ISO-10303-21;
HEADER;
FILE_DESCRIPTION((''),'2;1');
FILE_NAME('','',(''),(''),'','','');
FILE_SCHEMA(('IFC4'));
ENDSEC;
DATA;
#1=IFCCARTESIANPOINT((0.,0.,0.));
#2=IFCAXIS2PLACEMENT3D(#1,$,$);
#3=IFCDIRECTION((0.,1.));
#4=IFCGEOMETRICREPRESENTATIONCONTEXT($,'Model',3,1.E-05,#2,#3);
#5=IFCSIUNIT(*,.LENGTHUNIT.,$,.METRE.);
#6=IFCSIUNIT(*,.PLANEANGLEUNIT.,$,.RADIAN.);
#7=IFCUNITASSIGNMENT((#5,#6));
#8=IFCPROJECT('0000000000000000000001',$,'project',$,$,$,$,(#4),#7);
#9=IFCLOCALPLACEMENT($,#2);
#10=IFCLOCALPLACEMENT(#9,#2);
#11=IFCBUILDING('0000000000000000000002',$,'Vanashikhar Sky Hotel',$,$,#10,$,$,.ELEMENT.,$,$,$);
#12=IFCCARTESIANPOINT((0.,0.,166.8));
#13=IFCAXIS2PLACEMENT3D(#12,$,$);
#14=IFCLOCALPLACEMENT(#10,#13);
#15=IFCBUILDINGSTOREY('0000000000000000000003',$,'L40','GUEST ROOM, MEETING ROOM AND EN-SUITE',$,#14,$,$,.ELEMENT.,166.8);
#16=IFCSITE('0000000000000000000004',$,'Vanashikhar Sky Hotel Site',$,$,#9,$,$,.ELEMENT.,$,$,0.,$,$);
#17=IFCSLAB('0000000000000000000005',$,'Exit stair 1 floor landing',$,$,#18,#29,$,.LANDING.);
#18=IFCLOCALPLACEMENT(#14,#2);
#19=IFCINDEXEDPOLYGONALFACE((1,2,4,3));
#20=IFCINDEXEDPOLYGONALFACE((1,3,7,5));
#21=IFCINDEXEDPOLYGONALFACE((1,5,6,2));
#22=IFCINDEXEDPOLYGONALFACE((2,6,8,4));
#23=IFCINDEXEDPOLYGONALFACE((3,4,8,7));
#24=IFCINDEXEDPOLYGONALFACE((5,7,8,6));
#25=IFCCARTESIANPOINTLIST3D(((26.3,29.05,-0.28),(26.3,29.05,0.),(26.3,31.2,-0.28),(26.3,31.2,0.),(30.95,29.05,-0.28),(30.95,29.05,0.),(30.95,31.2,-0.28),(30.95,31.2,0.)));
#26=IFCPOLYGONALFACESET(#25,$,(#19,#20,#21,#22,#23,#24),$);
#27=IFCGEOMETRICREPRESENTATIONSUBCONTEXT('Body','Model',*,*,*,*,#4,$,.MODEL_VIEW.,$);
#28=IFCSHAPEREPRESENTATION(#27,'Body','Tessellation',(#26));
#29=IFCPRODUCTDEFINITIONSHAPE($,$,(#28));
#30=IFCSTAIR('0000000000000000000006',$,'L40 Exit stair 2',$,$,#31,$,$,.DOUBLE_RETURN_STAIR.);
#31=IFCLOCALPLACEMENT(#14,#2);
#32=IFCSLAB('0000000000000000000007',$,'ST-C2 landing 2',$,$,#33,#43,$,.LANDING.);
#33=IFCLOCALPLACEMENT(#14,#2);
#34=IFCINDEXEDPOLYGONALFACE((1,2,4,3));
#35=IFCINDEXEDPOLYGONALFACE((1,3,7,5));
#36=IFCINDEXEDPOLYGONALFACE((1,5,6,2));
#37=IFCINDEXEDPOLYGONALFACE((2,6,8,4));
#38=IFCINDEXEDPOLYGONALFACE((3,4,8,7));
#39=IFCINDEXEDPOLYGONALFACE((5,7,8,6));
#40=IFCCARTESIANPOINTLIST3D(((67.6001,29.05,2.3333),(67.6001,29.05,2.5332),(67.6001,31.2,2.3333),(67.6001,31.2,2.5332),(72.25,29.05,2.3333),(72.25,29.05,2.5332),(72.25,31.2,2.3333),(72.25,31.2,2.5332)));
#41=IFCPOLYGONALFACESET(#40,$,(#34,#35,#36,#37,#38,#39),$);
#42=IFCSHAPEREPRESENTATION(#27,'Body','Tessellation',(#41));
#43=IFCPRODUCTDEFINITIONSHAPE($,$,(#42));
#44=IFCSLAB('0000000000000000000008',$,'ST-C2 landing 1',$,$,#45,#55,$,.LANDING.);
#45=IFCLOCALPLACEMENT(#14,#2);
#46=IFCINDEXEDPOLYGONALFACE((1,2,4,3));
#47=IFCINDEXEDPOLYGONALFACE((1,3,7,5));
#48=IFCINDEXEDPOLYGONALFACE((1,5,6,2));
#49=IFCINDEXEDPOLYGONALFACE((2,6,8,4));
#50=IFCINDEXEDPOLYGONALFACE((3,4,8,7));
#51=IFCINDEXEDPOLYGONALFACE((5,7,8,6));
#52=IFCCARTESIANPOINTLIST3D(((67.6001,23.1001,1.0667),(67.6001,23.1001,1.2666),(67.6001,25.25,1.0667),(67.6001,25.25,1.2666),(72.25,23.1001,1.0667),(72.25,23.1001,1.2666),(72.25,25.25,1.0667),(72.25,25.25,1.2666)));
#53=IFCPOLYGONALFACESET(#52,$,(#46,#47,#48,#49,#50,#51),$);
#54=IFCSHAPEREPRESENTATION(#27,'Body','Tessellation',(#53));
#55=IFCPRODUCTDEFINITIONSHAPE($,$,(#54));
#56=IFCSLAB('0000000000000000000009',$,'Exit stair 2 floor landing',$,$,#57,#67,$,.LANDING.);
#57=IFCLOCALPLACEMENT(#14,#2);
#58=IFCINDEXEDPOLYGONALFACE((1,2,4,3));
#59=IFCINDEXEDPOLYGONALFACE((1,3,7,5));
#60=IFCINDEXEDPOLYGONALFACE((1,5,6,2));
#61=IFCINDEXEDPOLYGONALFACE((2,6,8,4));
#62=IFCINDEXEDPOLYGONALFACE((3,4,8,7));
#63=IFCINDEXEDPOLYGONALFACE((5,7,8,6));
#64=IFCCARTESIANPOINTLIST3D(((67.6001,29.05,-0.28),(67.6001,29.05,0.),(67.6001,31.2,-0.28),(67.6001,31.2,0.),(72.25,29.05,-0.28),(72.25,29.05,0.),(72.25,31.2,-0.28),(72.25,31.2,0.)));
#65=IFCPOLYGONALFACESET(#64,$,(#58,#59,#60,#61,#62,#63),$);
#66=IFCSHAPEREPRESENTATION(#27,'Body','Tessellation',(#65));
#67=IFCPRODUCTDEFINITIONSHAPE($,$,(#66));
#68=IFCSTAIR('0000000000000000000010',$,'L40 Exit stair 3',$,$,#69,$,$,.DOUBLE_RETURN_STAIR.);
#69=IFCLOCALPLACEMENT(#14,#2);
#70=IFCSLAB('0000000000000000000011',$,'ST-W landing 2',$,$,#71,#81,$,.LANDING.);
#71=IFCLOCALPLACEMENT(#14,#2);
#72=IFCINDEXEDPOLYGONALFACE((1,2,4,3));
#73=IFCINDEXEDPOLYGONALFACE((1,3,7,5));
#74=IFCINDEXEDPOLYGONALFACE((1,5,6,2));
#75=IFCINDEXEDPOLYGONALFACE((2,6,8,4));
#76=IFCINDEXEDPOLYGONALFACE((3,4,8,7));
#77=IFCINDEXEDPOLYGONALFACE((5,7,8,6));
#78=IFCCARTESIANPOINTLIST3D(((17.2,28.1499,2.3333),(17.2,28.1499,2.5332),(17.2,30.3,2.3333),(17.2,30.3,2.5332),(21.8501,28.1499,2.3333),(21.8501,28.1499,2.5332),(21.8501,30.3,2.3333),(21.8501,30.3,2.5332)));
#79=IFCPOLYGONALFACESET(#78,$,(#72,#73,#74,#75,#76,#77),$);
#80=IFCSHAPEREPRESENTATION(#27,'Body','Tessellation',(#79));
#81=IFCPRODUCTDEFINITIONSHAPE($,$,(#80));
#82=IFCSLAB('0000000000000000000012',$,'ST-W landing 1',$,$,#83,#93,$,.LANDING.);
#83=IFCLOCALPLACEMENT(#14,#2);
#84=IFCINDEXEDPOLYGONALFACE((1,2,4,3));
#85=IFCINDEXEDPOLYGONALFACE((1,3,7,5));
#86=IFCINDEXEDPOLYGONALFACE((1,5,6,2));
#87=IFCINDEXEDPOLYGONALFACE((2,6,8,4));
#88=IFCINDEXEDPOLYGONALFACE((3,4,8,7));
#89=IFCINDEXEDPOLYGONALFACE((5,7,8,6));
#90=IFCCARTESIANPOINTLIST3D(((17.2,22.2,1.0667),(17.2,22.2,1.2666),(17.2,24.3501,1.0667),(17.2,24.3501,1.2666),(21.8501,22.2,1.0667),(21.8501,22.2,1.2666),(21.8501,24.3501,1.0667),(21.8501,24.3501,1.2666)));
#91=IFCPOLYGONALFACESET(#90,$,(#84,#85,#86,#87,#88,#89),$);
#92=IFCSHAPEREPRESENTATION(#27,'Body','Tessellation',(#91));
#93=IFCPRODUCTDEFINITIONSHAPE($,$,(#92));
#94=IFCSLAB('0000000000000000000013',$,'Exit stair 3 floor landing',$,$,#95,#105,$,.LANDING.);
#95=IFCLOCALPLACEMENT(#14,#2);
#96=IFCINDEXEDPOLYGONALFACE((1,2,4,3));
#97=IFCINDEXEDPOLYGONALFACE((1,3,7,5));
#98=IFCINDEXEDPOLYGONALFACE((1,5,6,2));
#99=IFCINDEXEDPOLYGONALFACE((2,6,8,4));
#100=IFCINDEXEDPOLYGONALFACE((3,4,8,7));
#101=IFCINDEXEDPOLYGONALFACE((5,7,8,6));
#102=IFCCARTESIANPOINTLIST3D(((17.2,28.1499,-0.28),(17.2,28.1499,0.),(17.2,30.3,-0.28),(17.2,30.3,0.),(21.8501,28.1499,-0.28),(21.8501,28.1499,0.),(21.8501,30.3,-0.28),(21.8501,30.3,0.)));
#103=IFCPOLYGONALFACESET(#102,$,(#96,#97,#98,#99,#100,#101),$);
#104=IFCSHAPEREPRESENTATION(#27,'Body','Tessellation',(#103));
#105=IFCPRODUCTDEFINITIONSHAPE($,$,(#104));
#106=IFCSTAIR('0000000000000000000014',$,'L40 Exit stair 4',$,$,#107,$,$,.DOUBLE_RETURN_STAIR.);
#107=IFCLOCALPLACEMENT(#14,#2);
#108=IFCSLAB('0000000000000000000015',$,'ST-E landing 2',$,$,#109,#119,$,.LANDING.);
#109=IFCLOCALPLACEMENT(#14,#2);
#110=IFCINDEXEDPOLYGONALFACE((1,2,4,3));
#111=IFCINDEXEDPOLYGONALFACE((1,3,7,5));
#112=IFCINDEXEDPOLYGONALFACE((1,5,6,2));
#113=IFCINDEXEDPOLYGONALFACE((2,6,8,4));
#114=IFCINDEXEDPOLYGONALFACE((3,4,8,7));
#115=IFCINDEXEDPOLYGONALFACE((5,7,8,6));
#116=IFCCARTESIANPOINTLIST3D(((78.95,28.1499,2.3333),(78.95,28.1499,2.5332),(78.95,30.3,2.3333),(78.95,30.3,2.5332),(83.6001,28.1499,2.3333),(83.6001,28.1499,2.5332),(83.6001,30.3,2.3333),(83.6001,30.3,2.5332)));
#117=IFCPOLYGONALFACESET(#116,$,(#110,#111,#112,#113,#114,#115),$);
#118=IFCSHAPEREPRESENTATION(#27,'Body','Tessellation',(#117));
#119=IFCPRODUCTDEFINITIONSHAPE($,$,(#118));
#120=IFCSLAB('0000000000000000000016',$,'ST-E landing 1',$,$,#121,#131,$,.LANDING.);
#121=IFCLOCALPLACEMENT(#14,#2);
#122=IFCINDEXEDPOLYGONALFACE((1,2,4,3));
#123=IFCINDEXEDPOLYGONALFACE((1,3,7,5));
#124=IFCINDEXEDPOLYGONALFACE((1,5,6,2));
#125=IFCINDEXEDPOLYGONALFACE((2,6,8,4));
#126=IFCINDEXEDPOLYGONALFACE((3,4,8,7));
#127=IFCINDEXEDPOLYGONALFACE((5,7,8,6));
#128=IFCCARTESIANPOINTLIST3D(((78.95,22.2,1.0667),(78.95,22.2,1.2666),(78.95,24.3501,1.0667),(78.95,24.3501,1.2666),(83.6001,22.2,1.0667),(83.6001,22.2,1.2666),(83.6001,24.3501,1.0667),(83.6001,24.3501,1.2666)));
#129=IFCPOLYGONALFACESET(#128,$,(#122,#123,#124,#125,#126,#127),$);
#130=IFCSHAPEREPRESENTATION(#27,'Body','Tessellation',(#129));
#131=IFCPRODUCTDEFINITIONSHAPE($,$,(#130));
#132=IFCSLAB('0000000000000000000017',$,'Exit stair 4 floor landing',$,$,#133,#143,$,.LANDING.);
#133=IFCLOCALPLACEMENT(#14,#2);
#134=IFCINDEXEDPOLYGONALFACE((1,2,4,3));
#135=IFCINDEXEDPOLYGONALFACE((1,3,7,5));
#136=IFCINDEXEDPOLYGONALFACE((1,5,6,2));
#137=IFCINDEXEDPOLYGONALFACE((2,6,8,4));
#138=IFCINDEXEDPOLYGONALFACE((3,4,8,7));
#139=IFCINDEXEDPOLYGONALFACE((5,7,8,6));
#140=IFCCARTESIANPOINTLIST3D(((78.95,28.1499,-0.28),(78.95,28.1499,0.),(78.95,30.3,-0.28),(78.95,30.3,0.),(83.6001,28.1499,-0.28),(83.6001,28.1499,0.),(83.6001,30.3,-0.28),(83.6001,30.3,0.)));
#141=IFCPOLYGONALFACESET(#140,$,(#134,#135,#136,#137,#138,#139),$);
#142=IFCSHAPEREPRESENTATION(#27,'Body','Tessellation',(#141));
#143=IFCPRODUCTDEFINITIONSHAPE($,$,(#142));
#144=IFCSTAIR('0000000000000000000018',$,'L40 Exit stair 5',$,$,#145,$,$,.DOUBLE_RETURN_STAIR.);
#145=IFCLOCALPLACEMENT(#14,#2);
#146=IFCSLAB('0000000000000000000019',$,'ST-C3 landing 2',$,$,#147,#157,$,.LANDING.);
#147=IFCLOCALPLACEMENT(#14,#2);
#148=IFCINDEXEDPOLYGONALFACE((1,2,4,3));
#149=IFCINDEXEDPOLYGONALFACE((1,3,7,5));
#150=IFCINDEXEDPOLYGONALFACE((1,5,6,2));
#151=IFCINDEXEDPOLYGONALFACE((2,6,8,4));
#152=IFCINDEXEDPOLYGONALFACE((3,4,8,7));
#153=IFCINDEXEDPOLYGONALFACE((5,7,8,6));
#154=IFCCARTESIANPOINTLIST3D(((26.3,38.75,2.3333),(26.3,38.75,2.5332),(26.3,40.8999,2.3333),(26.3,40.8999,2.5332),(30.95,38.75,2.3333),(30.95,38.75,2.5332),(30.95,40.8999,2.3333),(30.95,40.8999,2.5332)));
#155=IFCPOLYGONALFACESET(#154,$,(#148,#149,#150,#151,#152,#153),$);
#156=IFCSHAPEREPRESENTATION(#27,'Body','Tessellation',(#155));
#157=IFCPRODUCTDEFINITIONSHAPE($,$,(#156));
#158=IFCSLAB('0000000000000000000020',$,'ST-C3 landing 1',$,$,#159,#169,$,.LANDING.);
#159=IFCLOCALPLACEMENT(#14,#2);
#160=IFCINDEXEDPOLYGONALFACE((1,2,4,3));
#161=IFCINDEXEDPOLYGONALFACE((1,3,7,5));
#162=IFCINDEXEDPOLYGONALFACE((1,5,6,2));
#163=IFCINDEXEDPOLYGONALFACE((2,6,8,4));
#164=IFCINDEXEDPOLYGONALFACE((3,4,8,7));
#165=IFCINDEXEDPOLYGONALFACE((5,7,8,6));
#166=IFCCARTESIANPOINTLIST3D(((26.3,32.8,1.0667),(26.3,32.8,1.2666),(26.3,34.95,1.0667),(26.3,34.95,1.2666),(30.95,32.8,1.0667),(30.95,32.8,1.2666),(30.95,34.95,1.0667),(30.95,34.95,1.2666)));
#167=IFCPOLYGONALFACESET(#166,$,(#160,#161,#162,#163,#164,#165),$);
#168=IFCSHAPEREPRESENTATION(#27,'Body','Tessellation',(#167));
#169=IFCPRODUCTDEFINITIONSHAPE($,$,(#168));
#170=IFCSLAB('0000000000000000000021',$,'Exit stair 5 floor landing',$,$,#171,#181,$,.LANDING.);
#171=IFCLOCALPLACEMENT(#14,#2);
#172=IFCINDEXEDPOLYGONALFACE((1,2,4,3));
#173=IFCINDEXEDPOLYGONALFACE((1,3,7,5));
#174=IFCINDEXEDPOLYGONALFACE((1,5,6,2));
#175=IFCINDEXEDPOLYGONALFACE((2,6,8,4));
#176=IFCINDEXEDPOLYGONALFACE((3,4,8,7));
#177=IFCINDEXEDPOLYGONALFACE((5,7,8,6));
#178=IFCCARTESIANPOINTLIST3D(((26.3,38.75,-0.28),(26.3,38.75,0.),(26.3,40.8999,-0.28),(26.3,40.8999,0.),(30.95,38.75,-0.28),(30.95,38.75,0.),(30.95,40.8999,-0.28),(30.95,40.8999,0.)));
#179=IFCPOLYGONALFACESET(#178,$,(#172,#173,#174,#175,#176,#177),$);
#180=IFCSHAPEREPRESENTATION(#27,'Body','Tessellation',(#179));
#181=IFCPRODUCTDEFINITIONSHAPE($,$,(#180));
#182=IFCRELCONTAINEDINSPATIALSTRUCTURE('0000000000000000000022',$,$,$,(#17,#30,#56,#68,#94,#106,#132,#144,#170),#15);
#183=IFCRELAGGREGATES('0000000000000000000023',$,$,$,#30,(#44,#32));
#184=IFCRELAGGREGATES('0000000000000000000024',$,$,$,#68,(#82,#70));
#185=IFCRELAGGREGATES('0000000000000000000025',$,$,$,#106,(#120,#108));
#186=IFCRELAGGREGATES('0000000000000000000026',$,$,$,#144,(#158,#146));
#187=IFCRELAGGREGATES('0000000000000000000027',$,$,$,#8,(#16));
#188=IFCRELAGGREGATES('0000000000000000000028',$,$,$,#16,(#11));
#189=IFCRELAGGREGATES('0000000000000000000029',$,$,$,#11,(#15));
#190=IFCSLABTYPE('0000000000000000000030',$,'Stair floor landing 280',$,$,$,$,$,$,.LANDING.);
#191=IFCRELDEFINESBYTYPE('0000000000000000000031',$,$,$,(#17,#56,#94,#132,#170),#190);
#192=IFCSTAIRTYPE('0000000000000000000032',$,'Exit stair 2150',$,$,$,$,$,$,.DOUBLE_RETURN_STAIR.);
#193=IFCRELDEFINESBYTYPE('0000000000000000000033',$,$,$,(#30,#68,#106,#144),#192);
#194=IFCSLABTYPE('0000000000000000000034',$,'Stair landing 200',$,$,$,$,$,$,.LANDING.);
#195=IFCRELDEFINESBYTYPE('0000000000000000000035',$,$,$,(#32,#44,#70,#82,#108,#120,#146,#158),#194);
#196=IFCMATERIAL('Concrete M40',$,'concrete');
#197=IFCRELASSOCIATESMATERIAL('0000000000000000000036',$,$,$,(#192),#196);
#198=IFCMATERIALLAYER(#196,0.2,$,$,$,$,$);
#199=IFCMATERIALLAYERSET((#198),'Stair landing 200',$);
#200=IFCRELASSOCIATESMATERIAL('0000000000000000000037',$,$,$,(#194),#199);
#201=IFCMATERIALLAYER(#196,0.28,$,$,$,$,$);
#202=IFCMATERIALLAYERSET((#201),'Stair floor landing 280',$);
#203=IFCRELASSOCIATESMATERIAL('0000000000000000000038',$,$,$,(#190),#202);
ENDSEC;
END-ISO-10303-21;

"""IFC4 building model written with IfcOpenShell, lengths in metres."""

from ifc_helpers import new_model, si_unit, direction, frame, origin, place, context, subcontext, project, spatial, polyline, outline, extrude, source, transform, mapped, material, layer, layer_set, type_object, element, aggregate, save


model = new_model("IFC4")

# Units and contexts
model_context = context("Model", 3, precision=1e-05, world=origin(), true_north=direction((0.0, 1.0)))
body_context = subcontext(model_context, "Body", "Model", "MODEL_VIEW")
ifc_project = project(units=[si_unit("LENGTHUNIT", "METRE"), si_unit("PLANEANGLEUNIT", "RADIAN")], contexts=[model_context])

# Site, building, storey
site_placement = place(None, origin())
site = spatial("IfcSite", under=ifc_project, at=site_placement, Name="Vanashikhar Sky Hotel Site", CompositionType="ELEMENT", RefElevation=0.0)
building_placement = place(site_placement, origin())
building = spatial("IfcBuilding", under=site, at=building_placement, Name="Vanashikhar Sky Hotel", CompositionType="ELEMENT")
storey_placement = place(building_placement, frame((0.0, 0.0, 166.8)))
storey = spatial("IfcBuildingStorey", under=building, at=storey_placement, Name="L40", Description="GUEST ROOM, MEETING ROOM AND EN-SUITE", CompositionType="ELEMENT", Elevation=166.8)

# Shared definitions
ifc_material = material(Name="Concrete M40", Category="concrete")

# Shared definitions
stair_type = type_object("IfcStairType", Name="Exit stair 2150", PredefinedType="DOUBLE_RETURN_STAIR", material=ifc_material)
ifc_layer_1 = layer(ifc_material, 0.2)
ifc_layer_set_1 = layer_set([ifc_layer_1], Name="Stair landing 200")
slab_type_1 = type_object("IfcSlabType", Name="Stair landing 200", PredefinedType="LANDING", material=ifc_layer_set_1)

# Slab
ifc_layer_2 = layer(ifc_material, 0.28)
ifc_layer_set_2 = layer_set([ifc_layer_2], Name="Stair floor landing 280")
slab_type_2 = type_object("IfcSlabType", Name="Stair floor landing 280", PredefinedType="LANDING", material=ifc_layer_set_2)
shared_shape_1 = source(origin(), body_context, "Body", "SweptSolid", [
    extrude(outline(polyline([(30.95, 29.05), (30.95, 31.2), (26.3, 31.2), (26.3, 29.05), (30.95, 29.05)])), origin(), (0.0, 0.0, 1.0), 0.28),
])
slab_1_placement = place(storey_placement, frame((0.0, 0.0, -0.28)))
element("IfcSlab", 1, at=slab_1_placement, inside=storey, type_object=slab_type_2, Name="Exit stair 1 floor landing", PredefinedType="LANDING", context=body_context, shape_type="MappedRepresentation", body=[
    mapped(shared_shape_1, transform((0.0, 0.0, 0.0), scale=1.0)),
])

# Stair, slabs
stair_1_placement = place(storey_placement, origin())
stair_1 = element("IfcStair", 2, at=stair_1_placement, inside=storey, type_object=stair_type, Name="L40 Exit stair 2", PredefinedType="DOUBLE_RETURN_STAIR")
shared_shape_2 = source(origin(), body_context, "Body", "SweptSolid", [
    extrude(outline(polyline([(72.25, 29.05), (72.25, 31.2), (67.6001, 31.2), (67.6001, 29.05), (72.25, 29.05)])), origin(), (0.0, 0.0, 1.0), 0.2),
])
slab_2_placement = place(storey_placement, frame((0.0, 0.0, 2.3333)))
slab_2 = element("IfcSlab", 3, at=slab_2_placement, type_object=slab_type_1, Name="ST-C2 landing 2", PredefinedType="LANDING", context=body_context, shape_type="MappedRepresentation", body=[
    mapped(shared_shape_2, transform((0.0, 0.0, 0.0), scale=1.0)),
])
shared_shape_3 = source(origin(), body_context, "Body", "SweptSolid", [
    extrude(outline(polyline([(72.25, 23.1001), (72.25, 25.25), (67.6001, 25.25), (67.6001, 23.1001), (72.25, 23.1001)])), origin(), (0.0, 0.0, 1.0), 0.2),
])
slab_3_placement = place(storey_placement, frame((0.0, 0.0, 1.0667)))
slab_3 = element("IfcSlab", 4, at=slab_3_placement, type_object=slab_type_1, Name="ST-C2 landing 1", PredefinedType="LANDING", context=body_context, shape_type="MappedRepresentation", body=[
    mapped(shared_shape_3, transform((0.0, 0.0, 0.0), scale=1.0)),
])
aggregate(stair_1, [slab_3, slab_2])

# Slab
shared_shape_4 = source(origin(), body_context, "Body", "SweptSolid", [
    extrude(outline(polyline([(72.25, 29.05), (72.25, 31.2), (67.6001, 31.2), (67.6001, 29.05), (72.25, 29.05)])), origin(), (0.0, 0.0, 1.0), 0.28),
])
slab_4_placement = place(storey_placement, frame((0.0, 0.0, -0.28)))
element("IfcSlab", 5, at=slab_4_placement, inside=storey, type_object=slab_type_2, Name="Exit stair 2 floor landing", PredefinedType="LANDING", context=body_context, shape_type="MappedRepresentation", body=[
    mapped(shared_shape_4, transform((0.0, 0.0, 0.0), scale=1.0)),
])

# Stair, slabs
stair_2_placement = place(storey_placement, origin())
stair_2 = element("IfcStair", 6, at=stair_2_placement, inside=storey, type_object=stair_type, Name="L40 Exit stair 3", PredefinedType="DOUBLE_RETURN_STAIR")
shared_shape_5 = source(origin(), body_context, "Body", "SweptSolid", [
    extrude(outline(polyline([(21.8501, 28.1499), (21.8501, 30.3), (17.2, 30.3), (17.2, 28.1499), (21.8501, 28.1499)])), origin(), (0.0, 0.0, 1.0), 0.2),
])
slab_5_placement = place(storey_placement, frame((0.0, 0.0, 2.3333)))
slab_5 = element("IfcSlab", 7, at=slab_5_placement, type_object=slab_type_1, Name="ST-W landing 2", PredefinedType="LANDING", context=body_context, shape_type="MappedRepresentation", body=[
    mapped(shared_shape_5, transform((0.0, 0.0, 0.0), scale=1.0)),
])
shared_shape_6 = source(origin(), body_context, "Body", "SweptSolid", [
    extrude(outline(polyline([(21.8501, 22.2), (21.8501, 24.3501), (17.2, 24.3501), (17.2, 22.2), (21.8501, 22.2)])), origin(), (0.0, 0.0, 1.0), 0.2),
])
slab_6_placement = place(storey_placement, frame((0.0, 0.0, 1.0667)))
slab_6 = element("IfcSlab", 8, at=slab_6_placement, type_object=slab_type_1, Name="ST-W landing 1", PredefinedType="LANDING", context=body_context, shape_type="MappedRepresentation", body=[
    mapped(shared_shape_6, transform((0.0, 0.0, 0.0), scale=1.0)),
])
aggregate(stair_2, [slab_6, slab_5])

# Slab
shared_shape_7 = source(origin(), body_context, "Body", "SweptSolid", [
    extrude(outline(polyline([(21.8501, 28.1499), (21.8501, 30.3), (17.2, 30.3), (17.2, 28.1499), (21.8501, 28.1499)])), origin(), (0.0, 0.0, 1.0), 0.28),
])
slab_7_placement = place(storey_placement, frame((0.0, 0.0, -0.28)))
element("IfcSlab", 9, at=slab_7_placement, inside=storey, type_object=slab_type_2, Name="Exit stair 3 floor landing", PredefinedType="LANDING", context=body_context, shape_type="MappedRepresentation", body=[
    mapped(shared_shape_7, transform((0.0, 0.0, 0.0), scale=1.0)),
])

# Stair, slabs
stair_3_placement = place(storey_placement, origin())
stair_3 = element("IfcStair", 10, at=stair_3_placement, inside=storey, type_object=stair_type, Name="L40 Exit stair 4", PredefinedType="DOUBLE_RETURN_STAIR")
shared_shape_8 = source(origin(), body_context, "Body", "SweptSolid", [
    extrude(outline(polyline([(83.6001, 28.1499), (83.6001, 30.3), (78.95, 30.3), (78.95, 28.1499), (83.6001, 28.1499)])), origin(), (0.0, 0.0, 1.0), 0.2),
])
slab_8_placement = place(storey_placement, frame((0.0, 0.0, 2.3333)))
slab_8 = element("IfcSlab", 11, at=slab_8_placement, type_object=slab_type_1, Name="ST-E landing 2", PredefinedType="LANDING", context=body_context, shape_type="MappedRepresentation", body=[
    mapped(shared_shape_8, transform((0.0, 0.0, 0.0), scale=1.0)),
])
shared_shape_9 = source(origin(), body_context, "Body", "SweptSolid", [
    extrude(outline(polyline([(83.6001, 22.2), (83.6001, 24.3501), (78.95, 24.3501), (78.95, 22.2), (83.6001, 22.2)])), origin(), (0.0, 0.0, 1.0), 0.2),
])
slab_9_placement = place(storey_placement, frame((0.0, 0.0, 1.0667)))
slab_9 = element("IfcSlab", 12, at=slab_9_placement, type_object=slab_type_1, Name="ST-E landing 1", PredefinedType="LANDING", context=body_context, shape_type="MappedRepresentation", body=[
    mapped(shared_shape_9, transform((0.0, 0.0, 0.0), scale=1.0)),
])
aggregate(stair_3, [slab_9, slab_8])

# Slab
shared_shape_10 = source(origin(), body_context, "Body", "SweptSolid", [
    extrude(outline(polyline([(83.6001, 28.1499), (83.6001, 30.3), (78.95, 30.3), (78.95, 28.1499), (83.6001, 28.1499)])), origin(), (0.0, 0.0, 1.0), 0.28),
])
slab_10_placement = place(storey_placement, frame((0.0, 0.0, -0.28)))
element("IfcSlab", 13, at=slab_10_placement, inside=storey, type_object=slab_type_2, Name="Exit stair 4 floor landing", PredefinedType="LANDING", context=body_context, shape_type="MappedRepresentation", body=[
    mapped(shared_shape_10, transform((0.0, 0.0, 0.0), scale=1.0)),
])

# Stair, slabs
stair_4_placement = place(storey_placement, origin())
stair_4 = element("IfcStair", 14, at=stair_4_placement, inside=storey, type_object=stair_type, Name="L40 Exit stair 5", PredefinedType="DOUBLE_RETURN_STAIR")
shared_shape_11 = source(origin(), body_context, "Body", "SweptSolid", [
    extrude(outline(polyline([(30.95, 38.75), (30.95, 40.8999), (26.3, 40.8999), (26.3, 38.75), (30.95, 38.75)])), origin(), (0.0, 0.0, 1.0), 0.2),
])
slab_11_placement = place(storey_placement, frame((0.0, 0.0, 2.3333)))
slab_11 = element("IfcSlab", 15, at=slab_11_placement, type_object=slab_type_1, Name="ST-C3 landing 2", PredefinedType="LANDING", context=body_context, shape_type="MappedRepresentation", body=[
    mapped(shared_shape_11, transform((0.0, 0.0, 0.0), scale=1.0)),
])
shared_shape_12 = source(origin(), body_context, "Body", "SweptSolid", [
    extrude(outline(polyline([(30.95, 32.8), (30.95, 34.95), (26.3, 34.95), (26.3, 32.8), (30.95, 32.8)])), origin(), (0.0, 0.0, 1.0), 0.2),
])
slab_12_placement = place(storey_placement, frame((0.0, 0.0, 1.0667)))
slab_12 = element("IfcSlab", 16, at=slab_12_placement, type_object=slab_type_1, Name="ST-C3 landing 1", PredefinedType="LANDING", context=body_context, shape_type="MappedRepresentation", body=[
    mapped(shared_shape_12, transform((0.0, 0.0, 0.0), scale=1.0)),
])
aggregate(stair_4, [slab_12, slab_11])

# Slab
shared_shape_13 = source(origin(), body_context, "Body", "SweptSolid", [
    extrude(outline(polyline([(30.95, 38.75), (30.95, 40.8999), (26.3, 40.8999), (26.3, 38.75), (30.95, 38.75)])), origin(), (0.0, 0.0, 1.0), 0.28),
])
slab_13_placement = place(storey_placement, frame((0.0, 0.0, -0.28)))
element("IfcSlab", 17, at=slab_13_placement, inside=storey, type_object=slab_type_2, Name="Exit stair 5 floor landing", PredefinedType="LANDING", context=body_context, shape_type="MappedRepresentation", body=[
    mapped(shared_shape_13, transform((0.0, 0.0, 0.0), scale=1.0)),
])

save(model, "model.ifc")
